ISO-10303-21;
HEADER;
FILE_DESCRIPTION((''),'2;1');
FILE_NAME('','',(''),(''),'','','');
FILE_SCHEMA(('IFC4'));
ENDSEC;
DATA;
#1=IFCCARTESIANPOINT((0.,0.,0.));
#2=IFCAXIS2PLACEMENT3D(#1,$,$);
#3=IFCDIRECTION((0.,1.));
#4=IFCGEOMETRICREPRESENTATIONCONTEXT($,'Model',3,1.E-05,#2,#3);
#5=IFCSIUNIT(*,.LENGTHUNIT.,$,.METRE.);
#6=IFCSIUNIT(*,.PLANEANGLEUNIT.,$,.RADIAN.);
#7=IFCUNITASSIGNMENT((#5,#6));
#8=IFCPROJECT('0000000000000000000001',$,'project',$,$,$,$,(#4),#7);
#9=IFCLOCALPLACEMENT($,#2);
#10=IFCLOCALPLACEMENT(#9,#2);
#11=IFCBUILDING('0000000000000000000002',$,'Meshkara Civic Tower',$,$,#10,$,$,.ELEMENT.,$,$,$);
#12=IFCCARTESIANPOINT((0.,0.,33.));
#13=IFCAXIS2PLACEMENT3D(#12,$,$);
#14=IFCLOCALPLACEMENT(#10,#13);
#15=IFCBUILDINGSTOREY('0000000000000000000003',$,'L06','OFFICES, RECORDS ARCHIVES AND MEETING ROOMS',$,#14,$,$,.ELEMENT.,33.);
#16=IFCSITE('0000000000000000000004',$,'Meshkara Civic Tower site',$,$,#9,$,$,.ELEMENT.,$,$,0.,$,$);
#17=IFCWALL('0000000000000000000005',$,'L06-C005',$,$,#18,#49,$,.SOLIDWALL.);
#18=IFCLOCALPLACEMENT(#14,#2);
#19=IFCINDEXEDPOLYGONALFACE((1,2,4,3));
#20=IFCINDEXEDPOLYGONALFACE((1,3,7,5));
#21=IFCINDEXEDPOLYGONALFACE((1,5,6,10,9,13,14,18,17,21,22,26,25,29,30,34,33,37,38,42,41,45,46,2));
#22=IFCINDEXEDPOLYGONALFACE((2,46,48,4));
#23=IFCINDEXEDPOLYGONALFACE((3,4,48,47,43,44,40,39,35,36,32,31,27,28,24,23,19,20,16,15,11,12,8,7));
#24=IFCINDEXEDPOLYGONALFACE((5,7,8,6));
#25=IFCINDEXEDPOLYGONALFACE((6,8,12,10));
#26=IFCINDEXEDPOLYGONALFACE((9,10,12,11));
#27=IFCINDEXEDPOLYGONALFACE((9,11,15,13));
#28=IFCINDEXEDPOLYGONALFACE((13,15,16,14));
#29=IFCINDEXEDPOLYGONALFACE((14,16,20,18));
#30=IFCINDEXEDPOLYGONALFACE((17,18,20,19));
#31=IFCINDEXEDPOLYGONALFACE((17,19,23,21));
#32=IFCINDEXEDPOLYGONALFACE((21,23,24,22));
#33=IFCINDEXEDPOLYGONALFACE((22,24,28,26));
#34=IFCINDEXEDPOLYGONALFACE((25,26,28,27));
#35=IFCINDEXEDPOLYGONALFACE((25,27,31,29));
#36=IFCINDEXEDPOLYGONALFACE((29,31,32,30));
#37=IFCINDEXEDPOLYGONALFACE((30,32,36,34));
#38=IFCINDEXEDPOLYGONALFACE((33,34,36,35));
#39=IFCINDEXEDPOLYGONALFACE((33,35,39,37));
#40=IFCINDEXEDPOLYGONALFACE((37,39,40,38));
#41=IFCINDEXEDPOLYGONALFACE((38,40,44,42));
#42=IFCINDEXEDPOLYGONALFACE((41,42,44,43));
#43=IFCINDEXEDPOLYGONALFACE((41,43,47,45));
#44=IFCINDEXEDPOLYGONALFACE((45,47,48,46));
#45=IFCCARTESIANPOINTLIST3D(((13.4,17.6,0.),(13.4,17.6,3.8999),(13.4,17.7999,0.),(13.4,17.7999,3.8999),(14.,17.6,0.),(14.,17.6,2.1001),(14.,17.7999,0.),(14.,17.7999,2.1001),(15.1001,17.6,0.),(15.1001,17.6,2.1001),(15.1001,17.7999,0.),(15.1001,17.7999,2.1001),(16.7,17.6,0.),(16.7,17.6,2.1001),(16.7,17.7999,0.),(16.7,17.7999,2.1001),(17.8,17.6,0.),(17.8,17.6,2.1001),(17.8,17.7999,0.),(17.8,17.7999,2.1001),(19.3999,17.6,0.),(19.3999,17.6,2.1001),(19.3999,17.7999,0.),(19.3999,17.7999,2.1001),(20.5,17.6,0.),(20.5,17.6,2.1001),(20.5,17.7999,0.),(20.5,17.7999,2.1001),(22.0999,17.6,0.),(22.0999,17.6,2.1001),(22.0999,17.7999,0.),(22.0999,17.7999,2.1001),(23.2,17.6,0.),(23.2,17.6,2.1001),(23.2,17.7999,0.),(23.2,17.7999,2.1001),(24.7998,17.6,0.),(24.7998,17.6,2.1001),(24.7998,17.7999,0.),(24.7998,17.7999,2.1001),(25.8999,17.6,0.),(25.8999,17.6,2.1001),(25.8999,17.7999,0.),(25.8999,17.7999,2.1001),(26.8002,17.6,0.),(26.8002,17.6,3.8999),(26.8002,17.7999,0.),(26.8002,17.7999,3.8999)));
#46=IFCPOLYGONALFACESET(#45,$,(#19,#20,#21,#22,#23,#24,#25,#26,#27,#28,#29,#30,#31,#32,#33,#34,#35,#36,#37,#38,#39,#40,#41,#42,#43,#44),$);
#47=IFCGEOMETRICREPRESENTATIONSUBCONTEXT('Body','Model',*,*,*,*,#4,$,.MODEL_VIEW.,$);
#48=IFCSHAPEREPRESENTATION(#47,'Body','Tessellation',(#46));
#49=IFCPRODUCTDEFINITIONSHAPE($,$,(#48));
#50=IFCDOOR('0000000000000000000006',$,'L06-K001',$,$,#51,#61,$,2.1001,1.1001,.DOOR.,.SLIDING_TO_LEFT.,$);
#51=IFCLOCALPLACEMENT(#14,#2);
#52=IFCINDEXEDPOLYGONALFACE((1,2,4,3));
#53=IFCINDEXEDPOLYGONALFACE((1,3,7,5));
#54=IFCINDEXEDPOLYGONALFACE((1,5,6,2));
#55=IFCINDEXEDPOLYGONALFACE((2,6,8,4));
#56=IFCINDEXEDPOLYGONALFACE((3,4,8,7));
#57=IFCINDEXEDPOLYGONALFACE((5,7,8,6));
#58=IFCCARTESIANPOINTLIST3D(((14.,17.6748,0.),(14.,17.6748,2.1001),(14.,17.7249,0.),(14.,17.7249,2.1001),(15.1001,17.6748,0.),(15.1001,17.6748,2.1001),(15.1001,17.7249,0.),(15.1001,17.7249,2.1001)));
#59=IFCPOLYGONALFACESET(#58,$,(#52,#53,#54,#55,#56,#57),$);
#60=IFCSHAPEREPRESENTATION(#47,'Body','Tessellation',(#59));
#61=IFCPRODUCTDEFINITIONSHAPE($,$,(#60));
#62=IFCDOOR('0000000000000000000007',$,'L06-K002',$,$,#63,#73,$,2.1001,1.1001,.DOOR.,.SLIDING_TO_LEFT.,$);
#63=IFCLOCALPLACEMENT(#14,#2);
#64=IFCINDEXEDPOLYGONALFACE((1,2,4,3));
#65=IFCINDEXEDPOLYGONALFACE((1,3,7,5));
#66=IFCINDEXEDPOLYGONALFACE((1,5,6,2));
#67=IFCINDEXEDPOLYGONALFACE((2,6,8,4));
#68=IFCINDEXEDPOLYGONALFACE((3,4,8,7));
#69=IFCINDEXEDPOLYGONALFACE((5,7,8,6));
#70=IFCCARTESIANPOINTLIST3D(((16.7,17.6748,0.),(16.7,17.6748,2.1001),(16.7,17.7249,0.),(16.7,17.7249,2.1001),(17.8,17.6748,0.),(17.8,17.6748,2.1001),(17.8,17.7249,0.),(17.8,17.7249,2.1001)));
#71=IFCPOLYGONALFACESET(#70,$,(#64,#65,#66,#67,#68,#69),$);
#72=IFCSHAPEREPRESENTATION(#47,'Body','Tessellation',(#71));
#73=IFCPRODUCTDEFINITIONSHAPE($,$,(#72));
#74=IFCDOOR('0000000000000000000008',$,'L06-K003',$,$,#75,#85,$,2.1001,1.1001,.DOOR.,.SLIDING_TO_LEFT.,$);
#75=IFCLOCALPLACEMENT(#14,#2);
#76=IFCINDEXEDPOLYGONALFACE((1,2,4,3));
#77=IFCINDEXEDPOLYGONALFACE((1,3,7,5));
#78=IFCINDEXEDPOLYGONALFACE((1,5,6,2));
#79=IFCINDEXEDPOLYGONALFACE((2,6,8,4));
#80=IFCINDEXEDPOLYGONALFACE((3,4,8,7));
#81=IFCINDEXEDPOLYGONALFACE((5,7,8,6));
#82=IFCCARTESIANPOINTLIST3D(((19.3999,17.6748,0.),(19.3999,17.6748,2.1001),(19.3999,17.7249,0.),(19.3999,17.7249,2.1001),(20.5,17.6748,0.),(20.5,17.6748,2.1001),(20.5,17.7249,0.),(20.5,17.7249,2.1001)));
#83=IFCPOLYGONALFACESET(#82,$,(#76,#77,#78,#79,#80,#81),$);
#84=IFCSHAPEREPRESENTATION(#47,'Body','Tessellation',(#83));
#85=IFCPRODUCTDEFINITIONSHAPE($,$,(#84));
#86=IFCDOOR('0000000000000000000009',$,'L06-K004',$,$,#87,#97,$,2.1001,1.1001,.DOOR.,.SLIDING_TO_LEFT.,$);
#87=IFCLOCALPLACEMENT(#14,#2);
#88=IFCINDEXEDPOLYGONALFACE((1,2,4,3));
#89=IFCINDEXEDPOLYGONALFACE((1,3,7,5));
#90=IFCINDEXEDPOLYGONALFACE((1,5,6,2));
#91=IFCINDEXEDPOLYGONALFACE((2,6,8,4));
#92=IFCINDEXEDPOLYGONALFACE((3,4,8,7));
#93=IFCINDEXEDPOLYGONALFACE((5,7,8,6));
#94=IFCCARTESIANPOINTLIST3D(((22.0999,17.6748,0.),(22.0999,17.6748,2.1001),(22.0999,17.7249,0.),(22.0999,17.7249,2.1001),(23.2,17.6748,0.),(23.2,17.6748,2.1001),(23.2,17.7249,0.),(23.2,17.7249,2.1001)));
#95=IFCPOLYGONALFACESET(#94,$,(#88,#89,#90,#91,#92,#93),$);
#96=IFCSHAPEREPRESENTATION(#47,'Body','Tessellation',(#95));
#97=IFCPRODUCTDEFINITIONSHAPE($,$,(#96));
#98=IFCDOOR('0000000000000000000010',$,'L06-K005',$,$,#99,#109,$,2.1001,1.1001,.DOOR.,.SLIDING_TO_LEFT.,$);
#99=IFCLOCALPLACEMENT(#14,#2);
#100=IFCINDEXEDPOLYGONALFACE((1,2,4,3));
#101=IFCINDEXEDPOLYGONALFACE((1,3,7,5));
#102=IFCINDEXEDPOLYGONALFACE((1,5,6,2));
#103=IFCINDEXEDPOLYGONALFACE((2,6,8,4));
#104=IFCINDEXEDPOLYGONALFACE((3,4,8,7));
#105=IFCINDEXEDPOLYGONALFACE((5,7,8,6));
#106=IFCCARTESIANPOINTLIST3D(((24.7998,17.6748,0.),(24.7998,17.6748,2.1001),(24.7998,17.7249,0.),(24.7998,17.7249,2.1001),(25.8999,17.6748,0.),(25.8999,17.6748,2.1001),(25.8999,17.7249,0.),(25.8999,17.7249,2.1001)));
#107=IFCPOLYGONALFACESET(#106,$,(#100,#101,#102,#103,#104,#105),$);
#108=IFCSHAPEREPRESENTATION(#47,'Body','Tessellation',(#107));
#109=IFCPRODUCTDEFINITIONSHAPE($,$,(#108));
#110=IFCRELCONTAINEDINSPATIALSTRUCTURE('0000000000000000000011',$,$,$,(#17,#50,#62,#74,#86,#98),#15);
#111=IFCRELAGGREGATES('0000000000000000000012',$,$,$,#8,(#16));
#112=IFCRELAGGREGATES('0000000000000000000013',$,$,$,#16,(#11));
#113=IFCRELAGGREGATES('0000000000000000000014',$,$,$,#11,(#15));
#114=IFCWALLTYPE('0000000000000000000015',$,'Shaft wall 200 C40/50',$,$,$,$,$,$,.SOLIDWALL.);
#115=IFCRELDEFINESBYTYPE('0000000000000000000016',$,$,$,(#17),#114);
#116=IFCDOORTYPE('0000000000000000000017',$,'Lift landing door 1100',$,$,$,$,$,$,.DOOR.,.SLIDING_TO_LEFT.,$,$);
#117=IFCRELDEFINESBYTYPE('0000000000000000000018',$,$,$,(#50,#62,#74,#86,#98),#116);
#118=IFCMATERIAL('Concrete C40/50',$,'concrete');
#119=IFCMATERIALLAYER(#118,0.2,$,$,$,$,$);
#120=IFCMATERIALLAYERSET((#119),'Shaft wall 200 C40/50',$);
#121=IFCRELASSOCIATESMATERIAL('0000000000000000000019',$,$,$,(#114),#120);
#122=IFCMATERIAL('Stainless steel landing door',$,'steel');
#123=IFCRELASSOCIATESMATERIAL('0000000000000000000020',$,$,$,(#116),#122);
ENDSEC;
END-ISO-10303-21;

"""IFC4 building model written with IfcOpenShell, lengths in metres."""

from ifc_helpers import new_model, si_unit, direction, frame, frame_2d, origin, place, context, subcontext, project, spatial, rectangle, extrude, material, layer, layer_set, type_object, element, fill, save


model = new_model("IFC4")

# Units and contexts
model_context = context("Model", 3, precision=1e-05, world=origin(), true_north=direction((0.0, 1.0)))
body_context = subcontext(model_context, "Body", "Model", "MODEL_VIEW")
ifc_project = project(units=[si_unit("LENGTHUNIT", "METRE"), si_unit("PLANEANGLEUNIT", "RADIAN")], contexts=[model_context])

# Site, building, storey
site_placement = place(None, origin())
site = spatial("IfcSite", under=ifc_project, at=site_placement, Name="Meshkara Civic Tower site", CompositionType="ELEMENT", RefElevation=0.0)
building_placement = place(site_placement, origin())
building = spatial("IfcBuilding", under=site, at=building_placement, Name="Meshkara Civic Tower", CompositionType="ELEMENT")
storey_placement = place(building_placement, frame((0.0, 0.0, 33.0)))
storey = spatial("IfcBuildingStorey", under=building, at=storey_placement, Name="L06", Description="OFFICES, RECORDS ARCHIVES AND MEETING ROOMS", CompositionType="ELEMENT", Elevation=33.0)

# Wall, openings, doors
ifc_material_1 = material(Name="Concrete C40/50", Category="concrete")
ifc_layer_1 = layer(ifc_material_1, 0.2)
ifc_layer_set_1 = layer_set([ifc_layer_1], Name="Shaft wall 200 C40/50")
wall_type_1 = type_object("IfcWallType", Name="Shaft wall 200 C40/50", PredefinedType="SOLIDWALL", material=ifc_layer_set_1)
wall_1_placement = place(storey_placement, frame((13.3999, 17.7, 0.0), z_axis=(0.0, 0.0, 1.0), x_axis=(1.0, 0.0, 0.0)))
wall_1 = element("IfcWall", 1, at=wall_1_placement, inside=storey, type_object=wall_type_1, Name="L06-C005", PredefinedType="SOLIDWALL", context=body_context, shape_type="SweptSolid", body=[
    extrude(rectangle(XDim=13.4001, YDim=0.2, at=frame_2d((6.7002, 0.0))), origin(), (0.0, 0.0, 1.0), 3.8999),
])
opening_1_placement = place(wall_1_placement, frame((0.6001, 0.0, 0.0)))
opening_1 = element("IfcOpeningElement", 2, at=opening_1_placement, cuts=wall_1, PredefinedType="OPENING", context=body_context, shape_type="SweptSolid", body=[
    extrude(rectangle(XDim=1.1001, YDim=2.1001, at=frame_2d((0.55, 1.05))), frame((0.0, 0.1099, 0.0), z_axis=(0.0, -1.0, 0.0), x_axis=(1.0, 0.0, 0.0)), (0.0, 0.0, 1.0), 0.22),
])
opening_2_placement = place(wall_1_placement, frame((3.3, 0.0, 0.0)))
opening_2 = element("IfcOpeningElement", 3, at=opening_2_placement, cuts=wall_1, PredefinedType="OPENING", context=body_context, shape_type="SweptSolid", body=[
    extrude(rectangle(XDim=1.1001, YDim=2.1001, at=frame_2d((0.55, 1.05))), frame((0.0, 0.1099, 0.0), z_axis=(0.0, -1.0, 0.0), x_axis=(1.0, 0.0, 0.0)), (0.0, 0.0, 1.0), 0.22),
])
opening_3_placement = place(wall_1_placement, frame((6.0, 0.0, 0.0)))
opening_3 = element("IfcOpeningElement", 4, at=opening_3_placement, cuts=wall_1, PredefinedType="OPENING", context=body_context, shape_type="SweptSolid", body=[
    extrude(rectangle(XDim=1.1001, YDim=2.1001, at=frame_2d((0.55, 1.05))), frame((0.0, 0.1099, 0.0), z_axis=(0.0, -1.0, 0.0), x_axis=(1.0, 0.0, 0.0)), (0.0, 0.0, 1.0), 0.22),
])
opening_4_placement = place(wall_1_placement, frame((8.7, 0.0, 0.0)))
opening_4 = element("IfcOpeningElement", 5, at=opening_4_placement, cuts=wall_1, PredefinedType="OPENING", context=body_context, shape_type="SweptSolid", body=[
    extrude(rectangle(XDim=1.1001, YDim=2.1001, at=frame_2d((0.55, 1.05))), frame((0.0, 0.1099, 0.0), z_axis=(0.0, -1.0, 0.0), x_axis=(1.0, 0.0, 0.0)), (0.0, 0.0, 1.0), 0.22),
])
opening_5_placement = place(wall_1_placement, frame((11.3999, 0.0, 0.0)))
opening_5 = element("IfcOpeningElement", 6, at=opening_5_placement, cuts=wall_1, PredefinedType="OPENING", context=body_context, shape_type="SweptSolid", body=[
    extrude(rectangle(XDim=1.1001, YDim=2.1001, at=frame_2d((0.55, 1.05))), frame((0.0, 0.1099, 0.0), z_axis=(0.0, -1.0, 0.0), x_axis=(1.0, 0.0, 0.0)), (0.0, 0.0, 1.0), 0.22),
])
ifc_material_2 = material(Name="Stainless steel landing door", Category="steel")
door_type_1 = type_object("IfcDoorType", Name="Lift landing door 1100", OperationType="SLIDING_TO_LEFT", PredefinedType="DOOR", material=ifc_material_2)
door_1_placement = place(opening_1_placement, origin())
door_1 = element("IfcDoor", 7, at=door_1_placement, inside=storey, type_object=door_type_1, Name="L06-K001", OperationType="SLIDING_TO_LEFT", OverallHeight=2.1001, OverallWidth=1.1001, PredefinedType="DOOR", context=body_context, shape_type="SweptSolid", body=[
    extrude(rectangle(XDim=1.1001, YDim=2.1001, at=frame_2d((0.55, 1.05))), frame((0.0, 0.0249, 0.0), z_axis=(0.0, -1.0, 0.0), x_axis=(1.0, 0.0, 0.0)), (0.0, 0.0, 1.0), 0.05),
])
fill(opening_1, door_1)
door_2_placement = place(opening_2_placement, origin())
door_2 = element("IfcDoor", 8, at=door_2_placement, inside=storey, type_object=door_type_1, Name="L06-K002", OperationType="SLIDING_TO_LEFT", OverallHeight=2.1001, OverallWidth=1.1001, PredefinedType="DOOR", context=body_context, shape_type="SweptSolid", body=[
    extrude(rectangle(XDim=1.1001, YDim=2.1001, at=frame_2d((0.55, 1.05))), frame((0.0, 0.0249, 0.0), z_axis=(0.0, -1.0, 0.0), x_axis=(1.0, 0.0, 0.0)), (0.0, 0.0, 1.0), 0.05),
])
fill(opening_2, door_2)
door_3_placement = place(opening_3_placement, origin())
door_3 = element("IfcDoor", 9, at=door_3_placement, inside=storey, type_object=door_type_1, Name="L06-K003", OperationType="SLIDING_TO_LEFT", OverallHeight=2.1001, OverallWidth=1.1001, PredefinedType="DOOR", context=body_context, shape_type="SweptSolid", body=[
    extrude(rectangle(XDim=1.1001, YDim=2.1001, at=frame_2d((0.55, 1.05))), frame((0.0, 0.0249, 0.0), z_axis=(0.0, -1.0, 0.0), x_axis=(1.0, 0.0, 0.0)), (0.0, 0.0, 1.0), 0.05),
])
fill(opening_3, door_3)
door_4_placement = place(opening_4_placement, origin())
door_4 = element("IfcDoor", 10, at=door_4_placement, inside=storey, type_object=door_type_1, Name="L06-K004", OperationType="SLIDING_TO_LEFT", OverallHeight=2.1001, OverallWidth=1.1001, PredefinedType="DOOR", context=body_context, shape_type="SweptSolid", body=[
    extrude(rectangle(XDim=1.1001, YDim=2.1001, at=frame_2d((0.55, 1.05))), frame((0.0, 0.0249, 0.0), z_axis=(0.0, -1.0, 0.0), x_axis=(1.0, 0.0, 0.0)), (0.0, 0.0, 1.0), 0.05),
])
fill(opening_4, door_4)
door_5_placement = place(opening_5_placement, origin())
door_5 = element("IfcDoor", 11, at=door_5_placement, inside=storey, type_object=door_type_1, Name="L06-K005", OperationType="SLIDING_TO_LEFT", OverallHeight=2.1001, OverallWidth=1.1001, PredefinedType="DOOR", context=body_context, shape_type="SweptSolid", body=[
    extrude(rectangle(XDim=1.1001, YDim=2.1001, at=frame_2d((0.55, 1.05))), frame((0.0, 0.0249, 0.0), z_axis=(0.0, -1.0, 0.0), x_axis=(1.0, 0.0, 0.0)), (0.0, 0.0, 1.0), 0.05),
])
fill(opening_5, door_5)

save(model, "model.ifc")
